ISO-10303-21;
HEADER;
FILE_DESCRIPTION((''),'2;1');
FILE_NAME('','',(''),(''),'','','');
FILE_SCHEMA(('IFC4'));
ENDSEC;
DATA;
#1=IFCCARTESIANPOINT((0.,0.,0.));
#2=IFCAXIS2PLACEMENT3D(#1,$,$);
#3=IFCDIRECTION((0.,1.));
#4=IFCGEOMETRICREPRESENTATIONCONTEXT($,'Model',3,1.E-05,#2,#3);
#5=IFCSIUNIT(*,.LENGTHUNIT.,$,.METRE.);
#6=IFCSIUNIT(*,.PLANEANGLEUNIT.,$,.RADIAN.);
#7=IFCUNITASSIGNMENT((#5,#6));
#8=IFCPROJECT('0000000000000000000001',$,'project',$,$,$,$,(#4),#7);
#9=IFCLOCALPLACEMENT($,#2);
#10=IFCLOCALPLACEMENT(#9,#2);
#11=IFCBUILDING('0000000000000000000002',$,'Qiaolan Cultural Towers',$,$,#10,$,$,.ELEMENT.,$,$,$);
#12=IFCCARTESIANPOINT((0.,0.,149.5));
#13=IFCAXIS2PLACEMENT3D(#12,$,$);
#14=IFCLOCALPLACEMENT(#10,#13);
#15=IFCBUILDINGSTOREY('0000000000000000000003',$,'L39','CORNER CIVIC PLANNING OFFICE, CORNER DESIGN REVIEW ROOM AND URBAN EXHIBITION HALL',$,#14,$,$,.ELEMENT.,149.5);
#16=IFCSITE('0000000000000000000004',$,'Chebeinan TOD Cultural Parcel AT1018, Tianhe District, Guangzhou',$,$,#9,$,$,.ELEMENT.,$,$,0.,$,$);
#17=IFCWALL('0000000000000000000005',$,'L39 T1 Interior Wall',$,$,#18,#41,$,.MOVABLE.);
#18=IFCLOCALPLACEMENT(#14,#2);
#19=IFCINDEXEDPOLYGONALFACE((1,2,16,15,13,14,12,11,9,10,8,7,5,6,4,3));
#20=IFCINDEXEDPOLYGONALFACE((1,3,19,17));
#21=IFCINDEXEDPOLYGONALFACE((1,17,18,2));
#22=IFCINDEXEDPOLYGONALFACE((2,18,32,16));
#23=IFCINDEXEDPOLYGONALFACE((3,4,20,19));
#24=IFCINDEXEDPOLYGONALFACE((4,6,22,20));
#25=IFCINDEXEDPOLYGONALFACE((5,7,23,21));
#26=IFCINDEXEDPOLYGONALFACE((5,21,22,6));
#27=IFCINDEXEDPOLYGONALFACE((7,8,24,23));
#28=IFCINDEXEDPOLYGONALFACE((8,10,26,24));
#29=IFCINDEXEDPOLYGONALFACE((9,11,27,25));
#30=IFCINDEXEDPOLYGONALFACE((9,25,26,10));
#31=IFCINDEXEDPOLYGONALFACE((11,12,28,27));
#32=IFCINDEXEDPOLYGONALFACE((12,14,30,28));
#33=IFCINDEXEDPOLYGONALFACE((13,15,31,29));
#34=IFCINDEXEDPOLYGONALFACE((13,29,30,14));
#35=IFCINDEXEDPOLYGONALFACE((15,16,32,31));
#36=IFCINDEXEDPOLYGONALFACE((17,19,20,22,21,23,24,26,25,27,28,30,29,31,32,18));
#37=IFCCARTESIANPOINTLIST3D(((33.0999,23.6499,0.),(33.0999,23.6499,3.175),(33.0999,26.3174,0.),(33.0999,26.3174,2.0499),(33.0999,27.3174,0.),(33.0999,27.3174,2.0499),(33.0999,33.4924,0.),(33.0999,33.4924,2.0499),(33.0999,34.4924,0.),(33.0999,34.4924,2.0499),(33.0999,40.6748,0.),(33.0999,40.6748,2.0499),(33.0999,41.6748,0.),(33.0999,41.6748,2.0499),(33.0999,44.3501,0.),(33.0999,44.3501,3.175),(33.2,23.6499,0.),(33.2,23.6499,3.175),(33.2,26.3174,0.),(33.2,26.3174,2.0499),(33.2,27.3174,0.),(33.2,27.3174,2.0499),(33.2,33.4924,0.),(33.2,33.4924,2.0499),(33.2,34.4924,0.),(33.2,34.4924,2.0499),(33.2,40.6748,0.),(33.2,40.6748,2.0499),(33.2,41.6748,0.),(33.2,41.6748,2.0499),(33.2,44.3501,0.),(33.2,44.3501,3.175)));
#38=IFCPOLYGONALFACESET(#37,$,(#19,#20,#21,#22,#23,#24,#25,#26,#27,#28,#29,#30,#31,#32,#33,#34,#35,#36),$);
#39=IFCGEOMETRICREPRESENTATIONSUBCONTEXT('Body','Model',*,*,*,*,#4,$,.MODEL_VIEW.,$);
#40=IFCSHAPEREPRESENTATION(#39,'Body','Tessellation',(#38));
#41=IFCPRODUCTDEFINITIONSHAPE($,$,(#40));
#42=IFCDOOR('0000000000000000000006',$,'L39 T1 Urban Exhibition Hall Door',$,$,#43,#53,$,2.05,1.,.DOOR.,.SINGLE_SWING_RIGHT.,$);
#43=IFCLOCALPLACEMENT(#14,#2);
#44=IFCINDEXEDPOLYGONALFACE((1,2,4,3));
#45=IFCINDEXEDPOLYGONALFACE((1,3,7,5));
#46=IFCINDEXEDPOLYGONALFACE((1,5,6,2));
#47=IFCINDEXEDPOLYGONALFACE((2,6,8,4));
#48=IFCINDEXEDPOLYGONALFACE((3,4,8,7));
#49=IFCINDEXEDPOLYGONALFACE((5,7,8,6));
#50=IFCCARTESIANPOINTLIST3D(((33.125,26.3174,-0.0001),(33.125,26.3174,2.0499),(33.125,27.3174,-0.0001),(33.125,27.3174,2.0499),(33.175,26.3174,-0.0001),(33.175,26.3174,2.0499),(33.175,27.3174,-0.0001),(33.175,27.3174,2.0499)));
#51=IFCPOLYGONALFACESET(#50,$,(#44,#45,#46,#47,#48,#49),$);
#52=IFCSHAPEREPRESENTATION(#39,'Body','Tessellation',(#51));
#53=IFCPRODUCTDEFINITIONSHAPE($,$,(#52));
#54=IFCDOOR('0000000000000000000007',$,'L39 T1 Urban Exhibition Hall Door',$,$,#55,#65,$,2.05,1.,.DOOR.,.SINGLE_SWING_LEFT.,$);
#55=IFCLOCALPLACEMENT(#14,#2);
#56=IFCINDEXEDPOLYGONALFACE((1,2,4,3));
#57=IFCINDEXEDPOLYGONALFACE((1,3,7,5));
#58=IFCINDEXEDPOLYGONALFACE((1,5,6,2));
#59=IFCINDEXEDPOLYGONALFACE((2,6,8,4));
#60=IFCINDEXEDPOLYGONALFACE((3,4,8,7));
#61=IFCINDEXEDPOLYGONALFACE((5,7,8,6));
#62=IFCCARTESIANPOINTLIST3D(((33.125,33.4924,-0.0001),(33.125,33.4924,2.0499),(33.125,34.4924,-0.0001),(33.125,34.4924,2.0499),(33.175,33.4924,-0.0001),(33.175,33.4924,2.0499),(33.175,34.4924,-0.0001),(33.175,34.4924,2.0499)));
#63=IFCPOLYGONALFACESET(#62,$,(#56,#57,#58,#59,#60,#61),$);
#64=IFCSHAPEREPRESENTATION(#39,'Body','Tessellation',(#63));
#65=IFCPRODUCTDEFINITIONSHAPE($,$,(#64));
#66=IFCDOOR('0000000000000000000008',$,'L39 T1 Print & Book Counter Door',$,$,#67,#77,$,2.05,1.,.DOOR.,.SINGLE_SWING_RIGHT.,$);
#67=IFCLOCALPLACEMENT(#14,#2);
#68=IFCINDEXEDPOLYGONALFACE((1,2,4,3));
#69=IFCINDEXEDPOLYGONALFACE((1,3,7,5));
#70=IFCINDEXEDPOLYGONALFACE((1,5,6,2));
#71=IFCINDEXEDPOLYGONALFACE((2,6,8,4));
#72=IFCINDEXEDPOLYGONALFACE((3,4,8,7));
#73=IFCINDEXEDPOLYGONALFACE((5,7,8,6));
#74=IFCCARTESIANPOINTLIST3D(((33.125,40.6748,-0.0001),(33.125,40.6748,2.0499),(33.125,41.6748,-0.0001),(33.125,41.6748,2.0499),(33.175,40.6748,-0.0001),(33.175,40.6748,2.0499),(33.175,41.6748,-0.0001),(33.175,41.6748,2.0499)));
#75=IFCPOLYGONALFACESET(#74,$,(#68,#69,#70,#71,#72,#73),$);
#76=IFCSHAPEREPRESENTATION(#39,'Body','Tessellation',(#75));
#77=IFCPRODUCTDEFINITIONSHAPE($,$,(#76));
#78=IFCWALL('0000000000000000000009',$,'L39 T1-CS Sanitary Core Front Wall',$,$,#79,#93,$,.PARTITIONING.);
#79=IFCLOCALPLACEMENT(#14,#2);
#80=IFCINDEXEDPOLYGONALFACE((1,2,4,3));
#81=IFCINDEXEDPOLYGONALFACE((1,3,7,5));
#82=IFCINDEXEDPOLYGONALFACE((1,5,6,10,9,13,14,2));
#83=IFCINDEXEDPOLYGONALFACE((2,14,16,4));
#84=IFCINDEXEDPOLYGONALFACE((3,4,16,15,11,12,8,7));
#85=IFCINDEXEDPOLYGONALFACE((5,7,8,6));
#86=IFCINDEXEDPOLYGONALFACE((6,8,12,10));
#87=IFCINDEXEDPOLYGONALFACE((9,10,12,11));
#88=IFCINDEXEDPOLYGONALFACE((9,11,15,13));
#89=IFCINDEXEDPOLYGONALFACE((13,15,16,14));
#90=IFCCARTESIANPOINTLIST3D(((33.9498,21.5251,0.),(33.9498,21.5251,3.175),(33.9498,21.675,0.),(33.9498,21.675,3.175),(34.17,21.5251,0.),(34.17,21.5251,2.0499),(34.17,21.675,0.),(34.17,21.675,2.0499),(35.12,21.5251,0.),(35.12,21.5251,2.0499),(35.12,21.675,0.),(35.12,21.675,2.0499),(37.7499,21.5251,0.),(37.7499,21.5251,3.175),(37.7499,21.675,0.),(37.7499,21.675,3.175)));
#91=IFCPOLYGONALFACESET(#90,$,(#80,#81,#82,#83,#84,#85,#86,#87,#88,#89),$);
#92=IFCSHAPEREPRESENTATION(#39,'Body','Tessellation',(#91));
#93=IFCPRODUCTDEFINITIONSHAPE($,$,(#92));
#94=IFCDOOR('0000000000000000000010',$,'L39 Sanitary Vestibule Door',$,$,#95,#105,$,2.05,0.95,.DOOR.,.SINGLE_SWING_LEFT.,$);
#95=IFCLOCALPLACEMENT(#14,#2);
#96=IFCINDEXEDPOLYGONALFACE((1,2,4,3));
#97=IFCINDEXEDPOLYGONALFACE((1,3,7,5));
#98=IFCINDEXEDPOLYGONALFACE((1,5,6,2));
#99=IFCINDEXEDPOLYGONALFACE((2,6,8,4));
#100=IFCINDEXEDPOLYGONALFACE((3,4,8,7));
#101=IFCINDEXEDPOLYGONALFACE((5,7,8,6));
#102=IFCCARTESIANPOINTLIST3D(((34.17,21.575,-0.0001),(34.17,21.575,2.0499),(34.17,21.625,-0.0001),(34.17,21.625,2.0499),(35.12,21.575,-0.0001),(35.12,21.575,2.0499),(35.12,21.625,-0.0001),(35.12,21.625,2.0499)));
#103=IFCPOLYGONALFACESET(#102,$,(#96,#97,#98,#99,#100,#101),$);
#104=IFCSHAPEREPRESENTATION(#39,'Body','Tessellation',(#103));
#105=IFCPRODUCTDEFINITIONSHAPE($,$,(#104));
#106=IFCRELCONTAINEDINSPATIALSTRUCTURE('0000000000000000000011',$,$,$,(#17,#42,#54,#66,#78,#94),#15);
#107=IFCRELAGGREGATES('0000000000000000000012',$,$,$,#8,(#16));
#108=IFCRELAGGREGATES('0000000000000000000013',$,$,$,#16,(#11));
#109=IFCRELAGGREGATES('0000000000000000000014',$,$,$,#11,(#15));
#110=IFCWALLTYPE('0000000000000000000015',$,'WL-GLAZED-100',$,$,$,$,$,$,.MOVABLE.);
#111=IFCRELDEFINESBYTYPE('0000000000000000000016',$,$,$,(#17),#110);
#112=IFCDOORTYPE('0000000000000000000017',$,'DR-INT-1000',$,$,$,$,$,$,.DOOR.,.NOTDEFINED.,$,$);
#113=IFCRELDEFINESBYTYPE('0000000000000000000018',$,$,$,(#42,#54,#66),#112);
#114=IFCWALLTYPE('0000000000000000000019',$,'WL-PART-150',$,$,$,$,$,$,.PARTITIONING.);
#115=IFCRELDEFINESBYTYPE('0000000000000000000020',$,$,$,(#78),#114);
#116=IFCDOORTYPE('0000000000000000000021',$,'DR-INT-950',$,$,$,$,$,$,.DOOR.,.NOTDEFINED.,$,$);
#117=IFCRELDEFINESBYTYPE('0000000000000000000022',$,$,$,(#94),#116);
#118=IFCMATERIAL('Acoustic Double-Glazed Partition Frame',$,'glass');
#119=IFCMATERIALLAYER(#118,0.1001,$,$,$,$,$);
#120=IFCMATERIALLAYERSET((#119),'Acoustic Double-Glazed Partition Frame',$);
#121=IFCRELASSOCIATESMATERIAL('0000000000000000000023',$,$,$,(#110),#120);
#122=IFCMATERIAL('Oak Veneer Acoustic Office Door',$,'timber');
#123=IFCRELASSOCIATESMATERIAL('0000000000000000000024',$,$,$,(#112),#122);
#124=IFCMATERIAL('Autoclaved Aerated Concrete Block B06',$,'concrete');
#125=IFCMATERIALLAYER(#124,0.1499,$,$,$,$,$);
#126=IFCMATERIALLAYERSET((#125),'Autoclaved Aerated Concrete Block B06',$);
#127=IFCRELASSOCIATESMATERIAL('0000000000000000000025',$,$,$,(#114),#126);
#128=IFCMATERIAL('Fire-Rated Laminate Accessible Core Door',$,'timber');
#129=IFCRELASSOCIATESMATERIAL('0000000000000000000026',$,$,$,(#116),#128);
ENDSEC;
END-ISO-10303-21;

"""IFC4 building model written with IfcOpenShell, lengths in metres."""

from ifc_helpers import new_model, si_unit, direction, frame, frame_2d, origin, place, context, subcontext, project, spatial, rectangle, extrude, material, layer, layer_set, type_object, element, fill, save


model = new_model("IFC4")

# Units and contexts
model_context = context("Model", 3, precision=1e-05, world=origin(), true_north=direction((0.0, 1.0)))
body_context = subcontext(model_context, "Body", "Model", "MODEL_VIEW")
ifc_project = project(units=[si_unit("LENGTHUNIT", "METRE"), si_unit("PLANEANGLEUNIT", "RADIAN")], contexts=[model_context])

# Site, building, storey
site_placement = place(None, origin())
site = spatial("IfcSite", under=ifc_project, at=site_placement, Name="Chebeinan TOD Cultural Parcel AT1018, Tianhe District, Guangzhou", CompositionType="ELEMENT", RefElevation=0.0)
building_placement = place(site_placement, origin())
building = spatial("IfcBuilding", under=site, at=building_placement, Name="Qiaolan Cultural Towers", CompositionType="ELEMENT")
storey_placement = place(building_placement, frame((0.0, 0.0, 149.5)))
storey = spatial("IfcBuildingStorey", under=building, at=storey_placement, Name="L39", Description="CORNER CIVIC PLANNING OFFICE, CORNER DESIGN REVIEW ROOM AND URBAN EXHIBITION HALL", CompositionType="ELEMENT", Elevation=149.5)

# Shared definitions
ifc_material_1 = material(Name="Acoustic Double-Glazed Partition Frame", Category="glass")
ifc_layer_1 = layer(ifc_material_1, 0.1001)
ifc_layer_set_1 = layer_set([ifc_layer_1], Name="Acoustic Double-Glazed Partition Frame")
wall_type_1 = type_object("IfcWallType", Name="WL-GLAZED-100", PredefinedType="MOVABLE", material=ifc_layer_set_1)

# Wall, openings, doors
wall_1_placement = place(storey_placement, frame((33.1499, 23.6499, 0.0), z_axis=(0.0, 0.0, 1.0), x_axis=(0.0, 1.0, 0.0)))
wall_1 = element("IfcWall", 1, at=wall_1_placement, inside=storey, type_object=wall_type_1, Name="L39 T1 Interior Wall", PredefinedType="MOVABLE", context=body_context, shape_type="SweptSolid", body=[
    extrude(rectangle(XDim=20.7002, YDim=0.1001, at=frame_2d((10.3501, 0.0))), origin(), (0.0, 0.0, 1.0), 3.175),
])
opening_1_placement = place(wall_1_placement, frame((2.6675, 0.0, 0.0)))
opening_1 = element("IfcOpeningElement", 2, at=opening_1_placement, cuts=wall_1, PredefinedType="OPENING", context=body_context, shape_type="SweptSolid", body=[
    extrude(rectangle(XDim=1.0, YDim=2.05, at=frame_2d((0.5, 1.0249))), frame((0.0, 0.0601, 0.0), z_axis=(0.0, -1.0, 0.0), x_axis=(1.0, 0.0, 0.0)), (0.0, 0.0, 1.0), 0.1201),
])
opening_2_placement = place(wall_1_placement, frame((9.8425, 0.0, 0.0)))
opening_2 = element("IfcOpeningElement", 3, at=opening_2_placement, cuts=wall_1, PredefinedType="OPENING", context=body_context, shape_type="SweptSolid", body=[
    extrude(rectangle(XDim=1.0, YDim=2.05, at=frame_2d((0.5, 1.0249))), frame((0.0, 0.0601, 0.0), z_axis=(0.0, -1.0, 0.0), x_axis=(1.0, 0.0, 0.0)), (0.0, 0.0, 1.0), 0.1201),
])
opening_3_placement = place(wall_1_placement, frame((17.0249, 0.0, 0.0)))
opening_3 = element("IfcOpeningElement", 4, at=opening_3_placement, cuts=wall_1, PredefinedType="OPENING", context=body_context, shape_type="SweptSolid", body=[
    extrude(rectangle(XDim=1.0, YDim=2.05, at=frame_2d((0.5, 1.0249))), frame((0.0, 0.0601, 0.0), z_axis=(0.0, -1.0, 0.0), x_axis=(1.0, 0.0, 0.0)), (0.0, 0.0, 1.0), 0.1201),
])
ifc_material_2 = material(Name="Oak Veneer Acoustic Office Door", Category="timber")
door_type_1 = type_object("IfcDoorType", Name="DR-INT-1000", OperationType="NOTDEFINED", PredefinedType="DOOR", material=ifc_material_2)
door_1_placement = place(opening_1_placement, origin())
door_1 = element("IfcDoor", 5, at=door_1_placement, inside=storey, type_object=door_type_1, Name="L39 T1 Urban Exhibition Hall Door", OperationType="SINGLE_SWING_RIGHT", OverallHeight=2.05, OverallWidth=1.0, PredefinedType="DOOR", context=body_context, shape_type="SweptSolid", body=[
    extrude(rectangle(XDim=1.0, YDim=2.05, at=frame_2d((0.5, 1.0249))), frame((0.0, 0.0249, 0.0), z_axis=(0.0, -1.0, 0.0), x_axis=(1.0, 0.0, 0.0)), (0.0, 0.0, 1.0), 0.05),
])
fill(opening_1, door_1)
door_2_placement = place(opening_2_placement, origin())
door_2 = element("IfcDoor", 6, at=door_2_placement, inside=storey, type_object=door_type_1, Name="L39 T1 Urban Exhibition Hall Door", OperationType="SINGLE_SWING_LEFT", OverallHeight=2.05, OverallWidth=1.0, PredefinedType="DOOR", context=body_context, shape_type="SweptSolid", body=[
    extrude(rectangle(XDim=1.0, YDim=2.05, at=frame_2d((0.5, 1.0249))), frame((0.0, 0.0249, 0.0), z_axis=(0.0, -1.0, 0.0), x_axis=(1.0, 0.0, 0.0)), (0.0, 0.0, 1.0), 0.05),
])
fill(opening_2, door_2)
door_3_placement = place(opening_3_placement, origin())
door_3 = element("IfcDoor", 7, at=door_3_placement, inside=storey, type_object=door_type_1, Name="L39 T1 Print & Book Counter Door", OperationType="SINGLE_SWING_RIGHT", OverallHeight=2.05, OverallWidth=1.0, PredefinedType="DOOR", context=body_context, shape_type="SweptSolid", body=[
    extrude(rectangle(XDim=1.0, YDim=2.05, at=frame_2d((0.5, 1.0249))), frame((0.0, 0.0249, 0.0), z_axis=(0.0, -1.0, 0.0), x_axis=(1.0, 0.0, 0.0)), (0.0, 0.0, 1.0), 0.05),
])
fill(opening_3, door_3)

# Wall, opening, door
ifc_material_3 = material(Name="Autoclaved Aerated Concrete Block B06", Category="concrete")
ifc_layer_2 = layer(ifc_material_3, 0.1499)
ifc_layer_set_2 = layer_set([ifc_layer_2], Name="Autoclaved Aerated Concrete Block B06")
wall_type_2 = type_object("IfcWallType", Name="WL-PART-150", PredefinedType="PARTITIONING", material=ifc_layer_set_2)
wall_2_placement = place(storey_placement, frame((33.95, 21.6001, 0.0), z_axis=(0.0, 0.0, 1.0), x_axis=(1.0, 0.0, 0.0)))
wall_2 = element("IfcWall", 8, at=wall_2_placement, inside=storey, type_object=wall_type_2, Name="L39 T1-CS Sanitary Core Front Wall", PredefinedType="PARTITIONING", context=body_context, shape_type="SweptSolid", body=[
    extrude(rectangle(XDim=3.8, YDim=0.1499, at=frame_2d((1.8999, 0.0))), origin(), (0.0, 0.0, 1.0), 3.175),
])
opening_4_placement = place(wall_2_placement, frame((0.22, 0.0, 0.0)))
opening_4 = element("IfcOpeningElement", 9, at=opening_4_placement, cuts=wall_2, PredefinedType="OPENING", context=body_context, shape_type="SweptSolid", body=[
    extrude(rectangle(XDim=0.95, YDim=2.05, at=frame_2d((0.4751, 1.0249))), frame((0.0, 0.085, 0.0), z_axis=(0.0, -1.0, 0.0), x_axis=(1.0, 0.0, 0.0)), (0.0, 0.0, 1.0), 0.1699),
])
ifc_material_4 = material(Name="Fire-Rated Laminate Accessible Core Door", Category="timber")
door_type_2 = type_object("IfcDoorType", Name="DR-INT-950", OperationType="NOTDEFINED", PredefinedType="DOOR", material=ifc_material_4)
door_4_placement = place(opening_4_placement, origin())
door_4 = element("IfcDoor", 10, at=door_4_placement, inside=storey, type_object=door_type_2, Name="L39 Sanitary Vestibule Door", OperationType="SINGLE_SWING_LEFT", OverallHeight=2.05, OverallWidth=0.95, PredefinedType="DOOR", context=body_context, shape_type="SweptSolid", body=[
    extrude(rectangle(XDim=0.95, YDim=2.05, at=frame_2d((0.4751, 1.0249))), frame((0.0, 0.0249, 0.0), z_axis=(0.0, -1.0, 0.0), x_axis=(1.0, 0.0, 0.0)), (0.0, 0.0, 1.0), 0.05),
])
fill(opening_4, door_4)

save(model, "model.ifc")
